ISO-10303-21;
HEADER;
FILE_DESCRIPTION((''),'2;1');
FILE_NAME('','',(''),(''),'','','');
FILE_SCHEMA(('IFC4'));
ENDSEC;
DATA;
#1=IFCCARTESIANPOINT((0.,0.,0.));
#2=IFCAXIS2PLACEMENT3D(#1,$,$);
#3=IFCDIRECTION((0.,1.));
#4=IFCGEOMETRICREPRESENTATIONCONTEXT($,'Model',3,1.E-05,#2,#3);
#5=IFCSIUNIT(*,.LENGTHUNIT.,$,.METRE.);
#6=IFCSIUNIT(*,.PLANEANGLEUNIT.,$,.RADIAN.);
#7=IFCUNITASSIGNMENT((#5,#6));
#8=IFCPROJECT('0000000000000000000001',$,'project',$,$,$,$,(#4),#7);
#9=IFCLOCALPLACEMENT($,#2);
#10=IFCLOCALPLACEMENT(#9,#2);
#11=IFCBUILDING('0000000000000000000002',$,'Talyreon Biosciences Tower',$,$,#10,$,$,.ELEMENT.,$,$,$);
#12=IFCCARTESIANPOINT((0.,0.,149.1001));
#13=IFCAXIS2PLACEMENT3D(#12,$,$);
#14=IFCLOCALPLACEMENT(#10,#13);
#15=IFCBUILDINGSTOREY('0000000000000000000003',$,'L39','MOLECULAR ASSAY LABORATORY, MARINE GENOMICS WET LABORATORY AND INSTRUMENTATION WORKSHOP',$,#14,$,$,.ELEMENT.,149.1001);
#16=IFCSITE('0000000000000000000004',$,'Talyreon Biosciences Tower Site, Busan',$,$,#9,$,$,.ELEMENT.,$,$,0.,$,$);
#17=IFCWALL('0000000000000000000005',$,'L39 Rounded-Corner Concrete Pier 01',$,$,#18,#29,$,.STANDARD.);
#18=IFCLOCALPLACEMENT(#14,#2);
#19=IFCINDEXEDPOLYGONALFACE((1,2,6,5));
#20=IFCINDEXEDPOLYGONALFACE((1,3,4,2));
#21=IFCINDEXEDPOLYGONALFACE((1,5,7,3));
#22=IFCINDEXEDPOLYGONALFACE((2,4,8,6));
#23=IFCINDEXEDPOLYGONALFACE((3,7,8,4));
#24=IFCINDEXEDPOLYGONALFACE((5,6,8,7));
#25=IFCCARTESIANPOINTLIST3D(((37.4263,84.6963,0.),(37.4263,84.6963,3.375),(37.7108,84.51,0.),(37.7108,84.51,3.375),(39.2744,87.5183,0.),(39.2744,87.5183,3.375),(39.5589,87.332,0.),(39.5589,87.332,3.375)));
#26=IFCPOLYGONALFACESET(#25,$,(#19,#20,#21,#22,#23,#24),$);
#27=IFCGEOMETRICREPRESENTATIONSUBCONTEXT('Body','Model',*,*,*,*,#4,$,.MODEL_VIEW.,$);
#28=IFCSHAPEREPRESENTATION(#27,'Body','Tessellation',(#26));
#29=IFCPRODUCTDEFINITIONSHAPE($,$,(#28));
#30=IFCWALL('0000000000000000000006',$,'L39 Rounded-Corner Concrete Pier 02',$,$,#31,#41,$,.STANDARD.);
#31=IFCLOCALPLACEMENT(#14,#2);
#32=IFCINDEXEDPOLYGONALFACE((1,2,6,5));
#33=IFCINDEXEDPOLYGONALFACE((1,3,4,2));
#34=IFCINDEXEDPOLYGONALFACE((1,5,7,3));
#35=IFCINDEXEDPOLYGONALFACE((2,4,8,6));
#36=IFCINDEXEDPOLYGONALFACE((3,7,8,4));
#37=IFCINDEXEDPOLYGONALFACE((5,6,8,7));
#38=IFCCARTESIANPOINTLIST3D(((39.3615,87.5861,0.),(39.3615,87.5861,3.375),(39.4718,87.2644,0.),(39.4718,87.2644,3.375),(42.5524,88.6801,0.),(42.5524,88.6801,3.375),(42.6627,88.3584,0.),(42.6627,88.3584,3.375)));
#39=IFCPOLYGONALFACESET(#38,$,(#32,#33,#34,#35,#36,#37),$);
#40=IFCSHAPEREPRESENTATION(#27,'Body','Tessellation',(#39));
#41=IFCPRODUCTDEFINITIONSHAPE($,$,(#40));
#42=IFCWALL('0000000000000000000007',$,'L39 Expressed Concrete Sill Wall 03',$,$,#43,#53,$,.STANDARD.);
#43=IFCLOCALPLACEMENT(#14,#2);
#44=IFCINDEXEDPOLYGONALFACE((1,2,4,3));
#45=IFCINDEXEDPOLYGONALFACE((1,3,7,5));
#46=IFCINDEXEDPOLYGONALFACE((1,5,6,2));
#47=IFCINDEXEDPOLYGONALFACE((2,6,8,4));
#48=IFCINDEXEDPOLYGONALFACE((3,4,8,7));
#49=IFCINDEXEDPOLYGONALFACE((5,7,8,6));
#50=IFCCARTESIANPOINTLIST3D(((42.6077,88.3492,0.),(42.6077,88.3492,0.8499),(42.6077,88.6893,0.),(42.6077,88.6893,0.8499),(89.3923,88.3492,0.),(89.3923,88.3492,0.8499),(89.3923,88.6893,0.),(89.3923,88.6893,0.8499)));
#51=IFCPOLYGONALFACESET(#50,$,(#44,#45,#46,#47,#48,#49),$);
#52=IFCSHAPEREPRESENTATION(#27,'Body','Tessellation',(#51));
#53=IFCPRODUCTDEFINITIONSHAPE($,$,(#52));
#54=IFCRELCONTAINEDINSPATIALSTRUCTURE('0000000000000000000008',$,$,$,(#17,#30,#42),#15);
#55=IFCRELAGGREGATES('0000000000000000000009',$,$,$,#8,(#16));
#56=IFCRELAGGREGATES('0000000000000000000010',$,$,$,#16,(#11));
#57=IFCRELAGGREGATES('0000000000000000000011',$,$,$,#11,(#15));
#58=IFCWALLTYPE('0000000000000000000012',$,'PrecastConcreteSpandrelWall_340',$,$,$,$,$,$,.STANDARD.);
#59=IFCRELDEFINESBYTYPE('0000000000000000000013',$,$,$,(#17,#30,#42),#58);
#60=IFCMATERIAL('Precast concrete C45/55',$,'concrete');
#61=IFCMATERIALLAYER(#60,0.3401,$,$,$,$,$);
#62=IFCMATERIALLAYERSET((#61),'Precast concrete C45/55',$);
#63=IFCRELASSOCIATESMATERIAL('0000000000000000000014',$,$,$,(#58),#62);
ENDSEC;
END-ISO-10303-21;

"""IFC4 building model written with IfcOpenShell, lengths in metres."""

from ifc_helpers import new_model, si_unit, direction, frame, frame_2d, origin, place, context, subcontext, project, spatial, rectangle, extrude, material, layer, layer_set, type_object, element, save


model = new_model("IFC4")

# Units and contexts
model_context = context("Model", 3, precision=1e-05, world=origin(), true_north=direction((0.0, 1.0)))
body_context = subcontext(model_context, "Body", "Model", "MODEL_VIEW")
ifc_project = project(units=[si_unit("LENGTHUNIT", "METRE"), si_unit("PLANEANGLEUNIT", "RADIAN")], contexts=[model_context])

# Site, building, storey
site_placement = place(None, origin())
site = spatial("IfcSite", under=ifc_project, at=site_placement, Name="Talyreon Biosciences Tower Site, Busan", CompositionType="ELEMENT", RefElevation=0.0)
building_placement = place(site_placement, origin())
building = spatial("IfcBuilding", under=site, at=building_placement, Name="Talyreon Biosciences Tower", CompositionType="ELEMENT")
storey_placement = place(building_placement, frame((0.0, 0.0, 149.1001)))
storey = spatial("IfcBuildingStorey", under=building, at=storey_placement, Name="L39", Description="MOLECULAR ASSAY LABORATORY, MARINE GENOMICS WET LABORATORY AND INSTRUMENTATION WORKSHOP", CompositionType="ELEMENT", Elevation=149.1001)

# Shared definitions
ifc_material_1 = material(Name="Precast concrete C45/55", Category="concrete")

# Walls
ifc_layer_1 = layer(ifc_material_1, 0.3401)
ifc_layer_set_1 = layer_set([ifc_layer_1], Name="Precast concrete C45/55")
wall_type_1 = type_object("IfcWallType", Name="PrecastConcreteSpandrelWall_340", PredefinedType="STANDARD", material=ifc_layer_set_1)
for number, where, z_axis, x_axis, name in (
    (1, (37.5686, 84.6033, 0.0), (0.0, 0.0, 1.0), (0.547867, 0.836565, 0.0), "L39 Rounded-Corner Concrete Pier 01"),
    (2, (39.4167, 87.4253, 0.0), (0.0, 0.0, 1.0), (0.945949, 0.324315, 0.0), "L39 Rounded-Corner Concrete Pier 02"),
):
    element("IfcWall", number, at=place(storey_placement, frame(where, z_axis=z_axis, x_axis=x_axis)), inside=storey, type_object=wall_type_1, Name=name, PredefinedType="STANDARD", context=body_context, shape_type="SweptSolid", body=[
        extrude(rectangle(XDim=3.3733, YDim=0.3401, at=frame_2d((1.6865, 0.0))), origin(), (0.0, 0.0, 1.0), 3.375),
    ])
wall_1_placement = place(storey_placement, frame((42.6077, 88.5193, 0.0), z_axis=(0.0, 0.0, 1.0), x_axis=(1.0, 0.0, 0.0)))
element("IfcWall", 3, at=wall_1_placement, inside=storey, type_object=wall_type_1, Name="L39 Expressed Concrete Sill Wall 03", PredefinedType="STANDARD", context=body_context, shape_type="SweptSolid", body=[
    extrude(rectangle(XDim=46.7847, YDim=0.3401, at=frame_2d((23.3923, 0.0))), origin(), (0.0, 0.0, 1.0), 0.8499),
])

save(model, "model.ifc")
